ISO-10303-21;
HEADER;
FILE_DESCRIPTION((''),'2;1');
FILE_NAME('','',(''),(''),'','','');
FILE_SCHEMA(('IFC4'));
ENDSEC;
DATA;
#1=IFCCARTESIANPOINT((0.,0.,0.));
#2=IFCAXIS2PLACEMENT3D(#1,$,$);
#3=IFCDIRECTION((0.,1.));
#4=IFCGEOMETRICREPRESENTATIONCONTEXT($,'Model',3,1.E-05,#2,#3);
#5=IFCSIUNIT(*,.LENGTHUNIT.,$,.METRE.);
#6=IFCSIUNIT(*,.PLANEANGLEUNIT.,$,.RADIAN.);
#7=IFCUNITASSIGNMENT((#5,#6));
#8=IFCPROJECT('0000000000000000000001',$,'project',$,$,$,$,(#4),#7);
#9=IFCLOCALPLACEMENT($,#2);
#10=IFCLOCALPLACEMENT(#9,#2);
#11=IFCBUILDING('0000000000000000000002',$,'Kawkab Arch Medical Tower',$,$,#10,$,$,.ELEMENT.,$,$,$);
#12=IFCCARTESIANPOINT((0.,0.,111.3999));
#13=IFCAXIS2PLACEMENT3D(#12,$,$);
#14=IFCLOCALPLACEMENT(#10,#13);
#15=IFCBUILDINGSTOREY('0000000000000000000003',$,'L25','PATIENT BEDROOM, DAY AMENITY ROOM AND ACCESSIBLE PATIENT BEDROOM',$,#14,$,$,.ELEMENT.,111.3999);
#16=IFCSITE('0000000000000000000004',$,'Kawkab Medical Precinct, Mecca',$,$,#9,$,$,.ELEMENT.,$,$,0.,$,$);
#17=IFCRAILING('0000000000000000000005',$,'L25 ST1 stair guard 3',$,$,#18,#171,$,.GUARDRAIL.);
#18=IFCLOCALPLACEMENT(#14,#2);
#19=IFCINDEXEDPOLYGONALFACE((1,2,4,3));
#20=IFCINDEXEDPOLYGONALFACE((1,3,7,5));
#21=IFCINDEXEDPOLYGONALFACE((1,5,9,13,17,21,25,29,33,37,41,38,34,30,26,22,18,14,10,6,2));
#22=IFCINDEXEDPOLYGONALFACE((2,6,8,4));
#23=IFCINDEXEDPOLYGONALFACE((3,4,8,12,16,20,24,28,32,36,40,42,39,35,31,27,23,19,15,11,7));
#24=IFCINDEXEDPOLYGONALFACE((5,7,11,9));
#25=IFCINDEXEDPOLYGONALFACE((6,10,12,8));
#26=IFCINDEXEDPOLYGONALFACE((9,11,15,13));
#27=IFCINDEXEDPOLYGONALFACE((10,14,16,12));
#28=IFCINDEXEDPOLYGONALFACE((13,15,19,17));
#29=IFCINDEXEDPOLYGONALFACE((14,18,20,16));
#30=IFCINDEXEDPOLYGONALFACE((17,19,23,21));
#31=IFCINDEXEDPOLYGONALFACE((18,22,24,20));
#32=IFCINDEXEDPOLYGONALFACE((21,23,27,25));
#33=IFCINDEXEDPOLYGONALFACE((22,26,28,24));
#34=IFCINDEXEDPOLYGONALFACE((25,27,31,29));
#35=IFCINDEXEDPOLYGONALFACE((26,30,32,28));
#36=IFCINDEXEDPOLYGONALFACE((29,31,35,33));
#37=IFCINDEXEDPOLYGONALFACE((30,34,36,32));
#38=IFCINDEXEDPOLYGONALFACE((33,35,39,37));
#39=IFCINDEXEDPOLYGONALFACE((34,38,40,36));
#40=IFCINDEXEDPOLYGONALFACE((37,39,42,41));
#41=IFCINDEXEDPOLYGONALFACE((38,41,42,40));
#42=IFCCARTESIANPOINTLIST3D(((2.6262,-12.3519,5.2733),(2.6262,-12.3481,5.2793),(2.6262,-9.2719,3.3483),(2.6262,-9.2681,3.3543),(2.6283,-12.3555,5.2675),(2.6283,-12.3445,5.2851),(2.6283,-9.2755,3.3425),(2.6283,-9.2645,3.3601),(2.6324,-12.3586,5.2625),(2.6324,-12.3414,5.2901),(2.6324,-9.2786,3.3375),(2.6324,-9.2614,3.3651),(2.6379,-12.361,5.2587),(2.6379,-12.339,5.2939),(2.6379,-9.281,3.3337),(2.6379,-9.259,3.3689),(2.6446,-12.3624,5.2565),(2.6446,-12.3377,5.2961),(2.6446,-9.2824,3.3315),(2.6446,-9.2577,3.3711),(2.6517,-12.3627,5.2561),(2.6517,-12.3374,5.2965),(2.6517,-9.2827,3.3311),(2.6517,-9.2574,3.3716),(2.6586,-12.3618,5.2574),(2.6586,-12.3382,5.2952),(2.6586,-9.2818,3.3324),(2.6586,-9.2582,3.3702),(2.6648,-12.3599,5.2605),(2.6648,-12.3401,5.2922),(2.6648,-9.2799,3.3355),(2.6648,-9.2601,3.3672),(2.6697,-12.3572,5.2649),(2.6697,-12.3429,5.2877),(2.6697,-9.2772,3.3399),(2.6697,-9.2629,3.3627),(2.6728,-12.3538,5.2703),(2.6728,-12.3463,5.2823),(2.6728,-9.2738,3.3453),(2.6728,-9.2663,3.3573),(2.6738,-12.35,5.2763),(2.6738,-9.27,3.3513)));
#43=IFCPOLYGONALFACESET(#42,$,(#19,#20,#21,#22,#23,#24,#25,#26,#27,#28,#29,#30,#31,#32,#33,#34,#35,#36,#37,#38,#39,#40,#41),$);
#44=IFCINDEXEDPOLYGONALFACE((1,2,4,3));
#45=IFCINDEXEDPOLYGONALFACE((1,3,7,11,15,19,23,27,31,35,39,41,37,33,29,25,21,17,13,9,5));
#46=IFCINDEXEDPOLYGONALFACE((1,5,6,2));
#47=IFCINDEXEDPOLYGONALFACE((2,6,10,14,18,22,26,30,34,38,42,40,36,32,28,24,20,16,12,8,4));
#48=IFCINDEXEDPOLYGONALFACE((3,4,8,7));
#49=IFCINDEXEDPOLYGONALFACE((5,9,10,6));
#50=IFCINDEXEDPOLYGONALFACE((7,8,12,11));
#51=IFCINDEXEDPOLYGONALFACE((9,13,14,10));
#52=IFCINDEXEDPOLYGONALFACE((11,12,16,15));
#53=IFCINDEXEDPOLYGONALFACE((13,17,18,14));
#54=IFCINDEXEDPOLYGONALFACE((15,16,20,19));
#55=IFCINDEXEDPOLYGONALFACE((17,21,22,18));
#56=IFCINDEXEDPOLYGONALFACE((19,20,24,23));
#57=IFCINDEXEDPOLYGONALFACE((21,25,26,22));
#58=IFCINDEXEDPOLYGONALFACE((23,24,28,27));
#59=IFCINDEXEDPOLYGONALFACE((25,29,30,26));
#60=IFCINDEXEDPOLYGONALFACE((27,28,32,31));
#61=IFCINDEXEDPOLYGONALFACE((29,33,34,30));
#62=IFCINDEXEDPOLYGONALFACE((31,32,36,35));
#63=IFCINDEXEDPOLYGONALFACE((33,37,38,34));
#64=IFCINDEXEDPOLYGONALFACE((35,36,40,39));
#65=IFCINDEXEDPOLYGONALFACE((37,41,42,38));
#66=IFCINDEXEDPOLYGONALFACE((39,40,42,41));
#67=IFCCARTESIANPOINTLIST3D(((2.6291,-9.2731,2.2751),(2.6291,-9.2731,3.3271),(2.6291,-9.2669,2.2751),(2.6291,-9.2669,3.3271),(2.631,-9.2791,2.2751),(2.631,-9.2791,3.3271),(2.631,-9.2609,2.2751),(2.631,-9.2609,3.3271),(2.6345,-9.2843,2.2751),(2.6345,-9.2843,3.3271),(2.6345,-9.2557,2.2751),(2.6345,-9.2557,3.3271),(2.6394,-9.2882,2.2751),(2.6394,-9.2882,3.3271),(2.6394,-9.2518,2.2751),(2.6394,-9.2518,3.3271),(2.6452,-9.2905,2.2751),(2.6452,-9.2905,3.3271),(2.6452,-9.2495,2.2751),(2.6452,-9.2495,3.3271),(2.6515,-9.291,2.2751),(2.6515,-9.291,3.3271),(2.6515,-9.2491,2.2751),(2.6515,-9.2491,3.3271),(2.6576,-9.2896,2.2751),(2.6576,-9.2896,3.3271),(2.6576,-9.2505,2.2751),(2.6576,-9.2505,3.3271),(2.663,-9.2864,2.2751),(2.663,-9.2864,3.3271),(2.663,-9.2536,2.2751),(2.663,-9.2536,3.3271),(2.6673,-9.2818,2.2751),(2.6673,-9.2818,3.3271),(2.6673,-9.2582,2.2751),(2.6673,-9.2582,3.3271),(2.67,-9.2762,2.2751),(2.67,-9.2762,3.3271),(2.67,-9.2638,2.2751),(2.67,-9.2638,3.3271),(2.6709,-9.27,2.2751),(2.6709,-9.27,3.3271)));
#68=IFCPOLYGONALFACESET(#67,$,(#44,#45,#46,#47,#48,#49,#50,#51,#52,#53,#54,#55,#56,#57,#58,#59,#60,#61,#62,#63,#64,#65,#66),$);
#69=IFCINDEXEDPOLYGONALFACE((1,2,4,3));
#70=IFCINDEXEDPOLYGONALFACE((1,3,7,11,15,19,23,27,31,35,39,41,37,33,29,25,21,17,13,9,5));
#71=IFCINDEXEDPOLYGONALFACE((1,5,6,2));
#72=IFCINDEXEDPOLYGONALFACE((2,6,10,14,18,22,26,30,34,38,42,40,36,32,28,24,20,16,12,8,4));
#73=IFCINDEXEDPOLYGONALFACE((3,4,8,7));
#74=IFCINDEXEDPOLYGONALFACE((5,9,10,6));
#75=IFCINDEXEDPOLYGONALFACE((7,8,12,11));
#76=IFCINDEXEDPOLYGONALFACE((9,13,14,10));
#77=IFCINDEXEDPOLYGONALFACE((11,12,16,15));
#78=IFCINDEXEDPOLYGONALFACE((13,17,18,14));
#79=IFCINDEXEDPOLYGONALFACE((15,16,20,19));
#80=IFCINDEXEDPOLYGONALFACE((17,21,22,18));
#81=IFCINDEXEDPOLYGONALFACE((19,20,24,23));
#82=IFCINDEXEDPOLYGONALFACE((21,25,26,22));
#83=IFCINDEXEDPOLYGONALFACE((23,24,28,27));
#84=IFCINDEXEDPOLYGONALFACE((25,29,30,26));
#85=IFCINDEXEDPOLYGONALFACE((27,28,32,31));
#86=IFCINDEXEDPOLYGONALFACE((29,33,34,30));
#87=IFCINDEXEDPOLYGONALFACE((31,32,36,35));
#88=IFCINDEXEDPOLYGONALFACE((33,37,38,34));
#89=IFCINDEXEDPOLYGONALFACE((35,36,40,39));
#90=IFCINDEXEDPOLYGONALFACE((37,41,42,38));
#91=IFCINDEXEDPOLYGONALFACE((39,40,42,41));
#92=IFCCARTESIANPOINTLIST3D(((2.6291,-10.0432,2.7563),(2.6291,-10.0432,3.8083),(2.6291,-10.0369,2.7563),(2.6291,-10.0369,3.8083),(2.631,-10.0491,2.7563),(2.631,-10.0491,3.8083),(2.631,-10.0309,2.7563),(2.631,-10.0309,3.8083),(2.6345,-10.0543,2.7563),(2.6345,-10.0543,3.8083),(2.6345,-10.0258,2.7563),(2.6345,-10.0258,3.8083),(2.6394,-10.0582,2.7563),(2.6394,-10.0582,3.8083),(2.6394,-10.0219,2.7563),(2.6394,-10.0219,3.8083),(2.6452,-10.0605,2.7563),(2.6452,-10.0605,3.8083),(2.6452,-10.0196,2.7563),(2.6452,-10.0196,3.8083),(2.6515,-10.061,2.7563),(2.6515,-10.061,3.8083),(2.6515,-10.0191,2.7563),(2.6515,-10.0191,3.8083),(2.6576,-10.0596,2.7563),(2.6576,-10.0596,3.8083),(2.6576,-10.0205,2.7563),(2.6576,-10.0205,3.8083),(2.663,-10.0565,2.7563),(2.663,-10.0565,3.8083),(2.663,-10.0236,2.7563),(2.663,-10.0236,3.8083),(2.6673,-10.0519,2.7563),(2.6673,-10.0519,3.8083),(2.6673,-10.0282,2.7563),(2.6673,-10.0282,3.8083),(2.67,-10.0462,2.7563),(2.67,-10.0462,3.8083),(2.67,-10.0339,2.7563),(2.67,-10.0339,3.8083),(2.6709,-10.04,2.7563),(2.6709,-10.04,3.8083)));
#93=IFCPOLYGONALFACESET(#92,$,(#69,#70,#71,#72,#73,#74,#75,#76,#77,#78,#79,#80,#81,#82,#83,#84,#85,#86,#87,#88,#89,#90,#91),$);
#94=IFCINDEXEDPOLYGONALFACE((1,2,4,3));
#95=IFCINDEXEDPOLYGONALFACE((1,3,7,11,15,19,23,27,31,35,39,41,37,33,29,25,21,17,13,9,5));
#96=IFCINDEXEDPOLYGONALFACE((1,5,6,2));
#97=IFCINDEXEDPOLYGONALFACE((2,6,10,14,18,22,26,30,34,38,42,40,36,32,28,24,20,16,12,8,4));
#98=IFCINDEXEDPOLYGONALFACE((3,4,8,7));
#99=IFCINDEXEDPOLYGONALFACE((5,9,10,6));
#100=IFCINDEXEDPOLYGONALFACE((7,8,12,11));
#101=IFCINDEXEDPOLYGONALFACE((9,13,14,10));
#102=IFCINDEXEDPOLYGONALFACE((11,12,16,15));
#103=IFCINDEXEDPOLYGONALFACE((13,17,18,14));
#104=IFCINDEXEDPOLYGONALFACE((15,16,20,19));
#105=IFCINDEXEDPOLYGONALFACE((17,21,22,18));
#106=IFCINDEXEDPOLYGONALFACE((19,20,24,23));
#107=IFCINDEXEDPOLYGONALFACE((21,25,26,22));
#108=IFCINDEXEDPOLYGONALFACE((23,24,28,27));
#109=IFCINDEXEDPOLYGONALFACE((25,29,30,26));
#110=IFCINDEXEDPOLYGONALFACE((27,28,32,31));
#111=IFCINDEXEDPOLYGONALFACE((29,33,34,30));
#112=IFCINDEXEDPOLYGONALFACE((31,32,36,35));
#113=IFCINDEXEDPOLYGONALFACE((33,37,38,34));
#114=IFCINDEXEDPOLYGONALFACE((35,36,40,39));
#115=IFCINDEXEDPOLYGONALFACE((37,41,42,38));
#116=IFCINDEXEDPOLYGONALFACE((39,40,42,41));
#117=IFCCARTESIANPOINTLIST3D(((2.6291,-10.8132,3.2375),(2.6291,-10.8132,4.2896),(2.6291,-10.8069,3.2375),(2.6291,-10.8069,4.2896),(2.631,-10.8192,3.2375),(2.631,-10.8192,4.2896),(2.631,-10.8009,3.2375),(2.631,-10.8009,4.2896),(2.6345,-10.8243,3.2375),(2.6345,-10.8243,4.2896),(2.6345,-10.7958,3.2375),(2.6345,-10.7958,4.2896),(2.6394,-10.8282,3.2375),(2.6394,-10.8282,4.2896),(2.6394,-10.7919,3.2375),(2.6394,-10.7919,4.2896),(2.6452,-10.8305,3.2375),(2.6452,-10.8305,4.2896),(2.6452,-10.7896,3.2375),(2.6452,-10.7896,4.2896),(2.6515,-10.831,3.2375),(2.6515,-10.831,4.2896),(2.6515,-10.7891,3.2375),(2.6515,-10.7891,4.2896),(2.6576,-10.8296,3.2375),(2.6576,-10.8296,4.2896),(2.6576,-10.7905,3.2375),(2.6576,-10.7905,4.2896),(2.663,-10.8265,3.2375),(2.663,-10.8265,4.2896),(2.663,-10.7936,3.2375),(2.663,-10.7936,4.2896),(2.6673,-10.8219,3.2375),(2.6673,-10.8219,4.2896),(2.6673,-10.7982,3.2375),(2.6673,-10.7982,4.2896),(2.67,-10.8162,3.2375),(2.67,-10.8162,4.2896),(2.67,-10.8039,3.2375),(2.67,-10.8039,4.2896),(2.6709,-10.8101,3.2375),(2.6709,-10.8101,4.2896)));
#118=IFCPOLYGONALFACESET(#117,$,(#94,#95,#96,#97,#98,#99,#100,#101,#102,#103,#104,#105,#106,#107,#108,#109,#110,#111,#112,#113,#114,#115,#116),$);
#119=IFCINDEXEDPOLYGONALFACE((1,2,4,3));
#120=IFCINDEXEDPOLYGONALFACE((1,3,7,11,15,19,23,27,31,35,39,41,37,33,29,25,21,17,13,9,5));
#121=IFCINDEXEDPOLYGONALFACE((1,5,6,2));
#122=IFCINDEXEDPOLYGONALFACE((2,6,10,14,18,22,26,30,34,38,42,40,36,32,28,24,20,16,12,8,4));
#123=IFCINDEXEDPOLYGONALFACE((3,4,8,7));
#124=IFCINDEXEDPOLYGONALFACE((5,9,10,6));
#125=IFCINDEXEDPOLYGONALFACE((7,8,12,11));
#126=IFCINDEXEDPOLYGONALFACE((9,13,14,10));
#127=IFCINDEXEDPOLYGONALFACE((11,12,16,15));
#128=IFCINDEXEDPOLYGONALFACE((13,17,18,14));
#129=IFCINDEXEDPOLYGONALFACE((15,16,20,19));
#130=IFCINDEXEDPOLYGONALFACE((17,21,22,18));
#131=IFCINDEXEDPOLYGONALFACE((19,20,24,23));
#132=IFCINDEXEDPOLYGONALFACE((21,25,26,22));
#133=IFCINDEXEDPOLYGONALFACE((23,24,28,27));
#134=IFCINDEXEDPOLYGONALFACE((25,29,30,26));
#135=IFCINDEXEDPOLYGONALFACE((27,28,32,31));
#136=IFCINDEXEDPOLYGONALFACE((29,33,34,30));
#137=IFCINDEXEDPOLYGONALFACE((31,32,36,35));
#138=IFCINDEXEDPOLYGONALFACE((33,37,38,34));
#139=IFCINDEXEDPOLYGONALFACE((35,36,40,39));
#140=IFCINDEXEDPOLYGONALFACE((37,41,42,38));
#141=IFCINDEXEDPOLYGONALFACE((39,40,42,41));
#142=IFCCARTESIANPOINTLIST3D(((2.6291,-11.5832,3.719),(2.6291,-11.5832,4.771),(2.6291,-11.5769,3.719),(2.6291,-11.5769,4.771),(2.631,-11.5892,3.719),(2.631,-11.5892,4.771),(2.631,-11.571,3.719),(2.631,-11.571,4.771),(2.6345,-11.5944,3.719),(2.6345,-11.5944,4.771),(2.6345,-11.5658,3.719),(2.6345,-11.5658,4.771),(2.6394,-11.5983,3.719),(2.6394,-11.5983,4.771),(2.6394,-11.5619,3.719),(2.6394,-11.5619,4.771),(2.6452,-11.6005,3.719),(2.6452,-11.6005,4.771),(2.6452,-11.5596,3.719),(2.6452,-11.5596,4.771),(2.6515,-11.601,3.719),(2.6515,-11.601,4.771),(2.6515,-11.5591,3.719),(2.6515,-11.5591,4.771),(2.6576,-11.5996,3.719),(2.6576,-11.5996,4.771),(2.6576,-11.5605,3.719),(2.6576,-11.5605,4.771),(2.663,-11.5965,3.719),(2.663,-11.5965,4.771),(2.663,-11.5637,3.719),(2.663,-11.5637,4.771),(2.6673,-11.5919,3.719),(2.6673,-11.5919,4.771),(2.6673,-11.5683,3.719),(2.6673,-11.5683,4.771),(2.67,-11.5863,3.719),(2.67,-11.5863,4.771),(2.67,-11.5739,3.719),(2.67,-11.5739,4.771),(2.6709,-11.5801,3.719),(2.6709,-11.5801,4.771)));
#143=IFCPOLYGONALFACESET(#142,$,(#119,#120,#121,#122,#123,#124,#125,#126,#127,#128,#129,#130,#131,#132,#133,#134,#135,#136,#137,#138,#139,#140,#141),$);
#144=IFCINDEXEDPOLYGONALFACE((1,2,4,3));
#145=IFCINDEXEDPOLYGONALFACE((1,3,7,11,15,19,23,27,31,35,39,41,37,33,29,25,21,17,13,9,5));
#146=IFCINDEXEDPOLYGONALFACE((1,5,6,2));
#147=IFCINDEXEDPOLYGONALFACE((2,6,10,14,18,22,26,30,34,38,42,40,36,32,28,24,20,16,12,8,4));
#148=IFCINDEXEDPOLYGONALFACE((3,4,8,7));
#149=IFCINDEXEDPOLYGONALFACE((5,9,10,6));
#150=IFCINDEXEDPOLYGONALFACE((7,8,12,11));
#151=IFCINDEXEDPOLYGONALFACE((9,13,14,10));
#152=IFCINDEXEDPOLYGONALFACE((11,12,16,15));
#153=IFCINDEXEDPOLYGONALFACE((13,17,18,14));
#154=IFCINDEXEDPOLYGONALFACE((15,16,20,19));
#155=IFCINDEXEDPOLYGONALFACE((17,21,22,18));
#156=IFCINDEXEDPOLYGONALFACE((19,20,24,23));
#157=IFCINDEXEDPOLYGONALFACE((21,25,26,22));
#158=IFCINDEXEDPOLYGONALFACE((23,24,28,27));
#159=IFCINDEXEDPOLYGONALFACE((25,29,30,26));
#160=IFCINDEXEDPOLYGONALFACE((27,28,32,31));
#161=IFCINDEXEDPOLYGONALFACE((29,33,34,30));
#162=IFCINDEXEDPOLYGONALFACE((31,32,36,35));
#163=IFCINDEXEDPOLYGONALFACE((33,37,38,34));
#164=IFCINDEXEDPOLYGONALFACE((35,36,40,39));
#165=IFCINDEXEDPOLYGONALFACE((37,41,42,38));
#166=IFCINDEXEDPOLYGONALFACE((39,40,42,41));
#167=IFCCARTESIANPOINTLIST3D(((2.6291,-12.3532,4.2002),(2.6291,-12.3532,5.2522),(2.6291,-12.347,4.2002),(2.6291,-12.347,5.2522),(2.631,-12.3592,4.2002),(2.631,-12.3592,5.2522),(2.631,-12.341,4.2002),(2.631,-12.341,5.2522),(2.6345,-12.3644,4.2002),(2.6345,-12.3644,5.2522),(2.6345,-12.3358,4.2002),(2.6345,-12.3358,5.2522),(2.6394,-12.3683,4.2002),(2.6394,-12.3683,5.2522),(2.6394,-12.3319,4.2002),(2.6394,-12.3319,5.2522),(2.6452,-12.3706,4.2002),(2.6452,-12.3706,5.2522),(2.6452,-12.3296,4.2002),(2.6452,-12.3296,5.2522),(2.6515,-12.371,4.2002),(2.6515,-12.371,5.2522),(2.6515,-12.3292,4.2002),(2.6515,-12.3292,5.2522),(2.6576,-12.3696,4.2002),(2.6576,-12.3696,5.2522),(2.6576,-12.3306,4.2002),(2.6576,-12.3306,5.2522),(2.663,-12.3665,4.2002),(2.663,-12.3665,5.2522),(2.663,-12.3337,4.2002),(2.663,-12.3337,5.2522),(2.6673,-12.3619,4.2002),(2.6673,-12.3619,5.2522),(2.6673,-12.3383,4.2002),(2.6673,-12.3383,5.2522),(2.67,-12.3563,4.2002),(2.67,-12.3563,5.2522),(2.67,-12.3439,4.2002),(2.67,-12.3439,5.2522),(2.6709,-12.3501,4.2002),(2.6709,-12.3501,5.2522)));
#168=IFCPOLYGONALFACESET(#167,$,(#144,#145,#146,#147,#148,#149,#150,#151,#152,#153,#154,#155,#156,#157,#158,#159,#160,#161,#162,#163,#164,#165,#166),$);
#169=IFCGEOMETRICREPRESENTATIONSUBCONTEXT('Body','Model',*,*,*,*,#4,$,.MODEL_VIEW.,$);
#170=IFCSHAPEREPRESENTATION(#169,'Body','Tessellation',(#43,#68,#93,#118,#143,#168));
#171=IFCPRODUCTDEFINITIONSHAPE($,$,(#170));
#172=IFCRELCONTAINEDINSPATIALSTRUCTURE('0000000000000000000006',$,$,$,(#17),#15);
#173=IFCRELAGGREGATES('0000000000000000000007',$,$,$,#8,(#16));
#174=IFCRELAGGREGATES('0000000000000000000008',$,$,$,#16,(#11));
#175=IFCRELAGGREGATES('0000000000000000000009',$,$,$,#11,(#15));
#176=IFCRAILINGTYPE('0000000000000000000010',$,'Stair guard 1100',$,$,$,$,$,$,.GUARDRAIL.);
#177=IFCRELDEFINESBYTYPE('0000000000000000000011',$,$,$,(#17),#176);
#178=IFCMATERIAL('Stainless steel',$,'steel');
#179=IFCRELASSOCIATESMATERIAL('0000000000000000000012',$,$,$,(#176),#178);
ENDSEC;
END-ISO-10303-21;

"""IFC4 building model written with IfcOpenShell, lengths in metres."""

from ifc_helpers import new_model, si_unit, direction, frame, origin, origin_2d, place, context, subcontext, project, spatial, circle, extrude, material, type_object, element, save


model = new_model("IFC4")

# Units and contexts
model_context = context("Model", 3, precision=1e-05, world=origin(), true_north=direction((0.0, 1.0)))
body_context = subcontext(model_context, "Body", "Model", "MODEL_VIEW")
ifc_project = project(units=[si_unit("LENGTHUNIT", "METRE"), si_unit("PLANEANGLEUNIT", "RADIAN")], contexts=[model_context])

# Site, building, storey
site_placement = place(None, origin())
site = spatial("IfcSite", under=ifc_project, at=site_placement, Name="Kawkab Medical Precinct, Mecca", CompositionType="ELEMENT", RefElevation=0.0)
building_placement = place(site_placement, origin())
building = spatial("IfcBuilding", under=site, at=building_placement, Name="Kawkab Arch Medical Tower", CompositionType="ELEMENT")
storey_placement = place(building_placement, frame((0.0, 0.0, 111.3999)))
storey = spatial("IfcBuildingStorey", under=building, at=storey_placement, Name="L25", Description="PATIENT BEDROOM, DAY AMENITY ROOM AND ACCESSIBLE PATIENT BEDROOM", CompositionType="ELEMENT", Elevation=111.3999)

# Railing
ifc_material_1 = material(Name="Stainless steel", Category="steel")
railing_type = type_object("IfcRailingType", Name="Stair guard 1100", PredefinedType="GUARDRAIL", material=ifc_material_1)
railing_1_placement = place(storey_placement, frame((2.6499, -9.27, 2.2751)))
element("IfcRailing", 1, at=railing_1_placement, inside=storey, type_object=railing_type, Name="L25 ST1 stair guard 3", PredefinedType="GUARDRAIL", context=body_context, shape_type="SweptSolid", body=[
    extrude(circle(Radius=0.0239, at=origin_2d()), frame((0.0, 0.0, 1.0762), z_axis=(0.0, -0.847998, 0.529999), x_axis=(1.0, 0.0, 0.0)), (0.0, 0.0, 1.0), 3.6321),
    extrude(circle(Radius=0.021, at=origin_2d()), origin(), (0.0, 0.0, 1.0), 1.052),
    extrude(circle(Radius=0.021, at=origin_2d()), frame((0.0, -0.77, 0.4812)), (0.0, 0.0, 1.0), 1.052),
    extrude(circle(Radius=0.021, at=origin_2d()), frame((0.0, -1.54, 0.9624)), (0.0, 0.0, 1.0), 1.052),
    extrude(circle(Radius=0.021, at=origin_2d()), frame((0.0, -2.3101, 1.4438)), (0.0, 0.0, 1.0), 1.052),
    extrude(circle(Radius=0.021, at=origin_2d()), frame((0.0, -3.0801, 1.925)), (0.0, 0.0, 1.0), 1.052),
])

save(model, "model.ifc")
